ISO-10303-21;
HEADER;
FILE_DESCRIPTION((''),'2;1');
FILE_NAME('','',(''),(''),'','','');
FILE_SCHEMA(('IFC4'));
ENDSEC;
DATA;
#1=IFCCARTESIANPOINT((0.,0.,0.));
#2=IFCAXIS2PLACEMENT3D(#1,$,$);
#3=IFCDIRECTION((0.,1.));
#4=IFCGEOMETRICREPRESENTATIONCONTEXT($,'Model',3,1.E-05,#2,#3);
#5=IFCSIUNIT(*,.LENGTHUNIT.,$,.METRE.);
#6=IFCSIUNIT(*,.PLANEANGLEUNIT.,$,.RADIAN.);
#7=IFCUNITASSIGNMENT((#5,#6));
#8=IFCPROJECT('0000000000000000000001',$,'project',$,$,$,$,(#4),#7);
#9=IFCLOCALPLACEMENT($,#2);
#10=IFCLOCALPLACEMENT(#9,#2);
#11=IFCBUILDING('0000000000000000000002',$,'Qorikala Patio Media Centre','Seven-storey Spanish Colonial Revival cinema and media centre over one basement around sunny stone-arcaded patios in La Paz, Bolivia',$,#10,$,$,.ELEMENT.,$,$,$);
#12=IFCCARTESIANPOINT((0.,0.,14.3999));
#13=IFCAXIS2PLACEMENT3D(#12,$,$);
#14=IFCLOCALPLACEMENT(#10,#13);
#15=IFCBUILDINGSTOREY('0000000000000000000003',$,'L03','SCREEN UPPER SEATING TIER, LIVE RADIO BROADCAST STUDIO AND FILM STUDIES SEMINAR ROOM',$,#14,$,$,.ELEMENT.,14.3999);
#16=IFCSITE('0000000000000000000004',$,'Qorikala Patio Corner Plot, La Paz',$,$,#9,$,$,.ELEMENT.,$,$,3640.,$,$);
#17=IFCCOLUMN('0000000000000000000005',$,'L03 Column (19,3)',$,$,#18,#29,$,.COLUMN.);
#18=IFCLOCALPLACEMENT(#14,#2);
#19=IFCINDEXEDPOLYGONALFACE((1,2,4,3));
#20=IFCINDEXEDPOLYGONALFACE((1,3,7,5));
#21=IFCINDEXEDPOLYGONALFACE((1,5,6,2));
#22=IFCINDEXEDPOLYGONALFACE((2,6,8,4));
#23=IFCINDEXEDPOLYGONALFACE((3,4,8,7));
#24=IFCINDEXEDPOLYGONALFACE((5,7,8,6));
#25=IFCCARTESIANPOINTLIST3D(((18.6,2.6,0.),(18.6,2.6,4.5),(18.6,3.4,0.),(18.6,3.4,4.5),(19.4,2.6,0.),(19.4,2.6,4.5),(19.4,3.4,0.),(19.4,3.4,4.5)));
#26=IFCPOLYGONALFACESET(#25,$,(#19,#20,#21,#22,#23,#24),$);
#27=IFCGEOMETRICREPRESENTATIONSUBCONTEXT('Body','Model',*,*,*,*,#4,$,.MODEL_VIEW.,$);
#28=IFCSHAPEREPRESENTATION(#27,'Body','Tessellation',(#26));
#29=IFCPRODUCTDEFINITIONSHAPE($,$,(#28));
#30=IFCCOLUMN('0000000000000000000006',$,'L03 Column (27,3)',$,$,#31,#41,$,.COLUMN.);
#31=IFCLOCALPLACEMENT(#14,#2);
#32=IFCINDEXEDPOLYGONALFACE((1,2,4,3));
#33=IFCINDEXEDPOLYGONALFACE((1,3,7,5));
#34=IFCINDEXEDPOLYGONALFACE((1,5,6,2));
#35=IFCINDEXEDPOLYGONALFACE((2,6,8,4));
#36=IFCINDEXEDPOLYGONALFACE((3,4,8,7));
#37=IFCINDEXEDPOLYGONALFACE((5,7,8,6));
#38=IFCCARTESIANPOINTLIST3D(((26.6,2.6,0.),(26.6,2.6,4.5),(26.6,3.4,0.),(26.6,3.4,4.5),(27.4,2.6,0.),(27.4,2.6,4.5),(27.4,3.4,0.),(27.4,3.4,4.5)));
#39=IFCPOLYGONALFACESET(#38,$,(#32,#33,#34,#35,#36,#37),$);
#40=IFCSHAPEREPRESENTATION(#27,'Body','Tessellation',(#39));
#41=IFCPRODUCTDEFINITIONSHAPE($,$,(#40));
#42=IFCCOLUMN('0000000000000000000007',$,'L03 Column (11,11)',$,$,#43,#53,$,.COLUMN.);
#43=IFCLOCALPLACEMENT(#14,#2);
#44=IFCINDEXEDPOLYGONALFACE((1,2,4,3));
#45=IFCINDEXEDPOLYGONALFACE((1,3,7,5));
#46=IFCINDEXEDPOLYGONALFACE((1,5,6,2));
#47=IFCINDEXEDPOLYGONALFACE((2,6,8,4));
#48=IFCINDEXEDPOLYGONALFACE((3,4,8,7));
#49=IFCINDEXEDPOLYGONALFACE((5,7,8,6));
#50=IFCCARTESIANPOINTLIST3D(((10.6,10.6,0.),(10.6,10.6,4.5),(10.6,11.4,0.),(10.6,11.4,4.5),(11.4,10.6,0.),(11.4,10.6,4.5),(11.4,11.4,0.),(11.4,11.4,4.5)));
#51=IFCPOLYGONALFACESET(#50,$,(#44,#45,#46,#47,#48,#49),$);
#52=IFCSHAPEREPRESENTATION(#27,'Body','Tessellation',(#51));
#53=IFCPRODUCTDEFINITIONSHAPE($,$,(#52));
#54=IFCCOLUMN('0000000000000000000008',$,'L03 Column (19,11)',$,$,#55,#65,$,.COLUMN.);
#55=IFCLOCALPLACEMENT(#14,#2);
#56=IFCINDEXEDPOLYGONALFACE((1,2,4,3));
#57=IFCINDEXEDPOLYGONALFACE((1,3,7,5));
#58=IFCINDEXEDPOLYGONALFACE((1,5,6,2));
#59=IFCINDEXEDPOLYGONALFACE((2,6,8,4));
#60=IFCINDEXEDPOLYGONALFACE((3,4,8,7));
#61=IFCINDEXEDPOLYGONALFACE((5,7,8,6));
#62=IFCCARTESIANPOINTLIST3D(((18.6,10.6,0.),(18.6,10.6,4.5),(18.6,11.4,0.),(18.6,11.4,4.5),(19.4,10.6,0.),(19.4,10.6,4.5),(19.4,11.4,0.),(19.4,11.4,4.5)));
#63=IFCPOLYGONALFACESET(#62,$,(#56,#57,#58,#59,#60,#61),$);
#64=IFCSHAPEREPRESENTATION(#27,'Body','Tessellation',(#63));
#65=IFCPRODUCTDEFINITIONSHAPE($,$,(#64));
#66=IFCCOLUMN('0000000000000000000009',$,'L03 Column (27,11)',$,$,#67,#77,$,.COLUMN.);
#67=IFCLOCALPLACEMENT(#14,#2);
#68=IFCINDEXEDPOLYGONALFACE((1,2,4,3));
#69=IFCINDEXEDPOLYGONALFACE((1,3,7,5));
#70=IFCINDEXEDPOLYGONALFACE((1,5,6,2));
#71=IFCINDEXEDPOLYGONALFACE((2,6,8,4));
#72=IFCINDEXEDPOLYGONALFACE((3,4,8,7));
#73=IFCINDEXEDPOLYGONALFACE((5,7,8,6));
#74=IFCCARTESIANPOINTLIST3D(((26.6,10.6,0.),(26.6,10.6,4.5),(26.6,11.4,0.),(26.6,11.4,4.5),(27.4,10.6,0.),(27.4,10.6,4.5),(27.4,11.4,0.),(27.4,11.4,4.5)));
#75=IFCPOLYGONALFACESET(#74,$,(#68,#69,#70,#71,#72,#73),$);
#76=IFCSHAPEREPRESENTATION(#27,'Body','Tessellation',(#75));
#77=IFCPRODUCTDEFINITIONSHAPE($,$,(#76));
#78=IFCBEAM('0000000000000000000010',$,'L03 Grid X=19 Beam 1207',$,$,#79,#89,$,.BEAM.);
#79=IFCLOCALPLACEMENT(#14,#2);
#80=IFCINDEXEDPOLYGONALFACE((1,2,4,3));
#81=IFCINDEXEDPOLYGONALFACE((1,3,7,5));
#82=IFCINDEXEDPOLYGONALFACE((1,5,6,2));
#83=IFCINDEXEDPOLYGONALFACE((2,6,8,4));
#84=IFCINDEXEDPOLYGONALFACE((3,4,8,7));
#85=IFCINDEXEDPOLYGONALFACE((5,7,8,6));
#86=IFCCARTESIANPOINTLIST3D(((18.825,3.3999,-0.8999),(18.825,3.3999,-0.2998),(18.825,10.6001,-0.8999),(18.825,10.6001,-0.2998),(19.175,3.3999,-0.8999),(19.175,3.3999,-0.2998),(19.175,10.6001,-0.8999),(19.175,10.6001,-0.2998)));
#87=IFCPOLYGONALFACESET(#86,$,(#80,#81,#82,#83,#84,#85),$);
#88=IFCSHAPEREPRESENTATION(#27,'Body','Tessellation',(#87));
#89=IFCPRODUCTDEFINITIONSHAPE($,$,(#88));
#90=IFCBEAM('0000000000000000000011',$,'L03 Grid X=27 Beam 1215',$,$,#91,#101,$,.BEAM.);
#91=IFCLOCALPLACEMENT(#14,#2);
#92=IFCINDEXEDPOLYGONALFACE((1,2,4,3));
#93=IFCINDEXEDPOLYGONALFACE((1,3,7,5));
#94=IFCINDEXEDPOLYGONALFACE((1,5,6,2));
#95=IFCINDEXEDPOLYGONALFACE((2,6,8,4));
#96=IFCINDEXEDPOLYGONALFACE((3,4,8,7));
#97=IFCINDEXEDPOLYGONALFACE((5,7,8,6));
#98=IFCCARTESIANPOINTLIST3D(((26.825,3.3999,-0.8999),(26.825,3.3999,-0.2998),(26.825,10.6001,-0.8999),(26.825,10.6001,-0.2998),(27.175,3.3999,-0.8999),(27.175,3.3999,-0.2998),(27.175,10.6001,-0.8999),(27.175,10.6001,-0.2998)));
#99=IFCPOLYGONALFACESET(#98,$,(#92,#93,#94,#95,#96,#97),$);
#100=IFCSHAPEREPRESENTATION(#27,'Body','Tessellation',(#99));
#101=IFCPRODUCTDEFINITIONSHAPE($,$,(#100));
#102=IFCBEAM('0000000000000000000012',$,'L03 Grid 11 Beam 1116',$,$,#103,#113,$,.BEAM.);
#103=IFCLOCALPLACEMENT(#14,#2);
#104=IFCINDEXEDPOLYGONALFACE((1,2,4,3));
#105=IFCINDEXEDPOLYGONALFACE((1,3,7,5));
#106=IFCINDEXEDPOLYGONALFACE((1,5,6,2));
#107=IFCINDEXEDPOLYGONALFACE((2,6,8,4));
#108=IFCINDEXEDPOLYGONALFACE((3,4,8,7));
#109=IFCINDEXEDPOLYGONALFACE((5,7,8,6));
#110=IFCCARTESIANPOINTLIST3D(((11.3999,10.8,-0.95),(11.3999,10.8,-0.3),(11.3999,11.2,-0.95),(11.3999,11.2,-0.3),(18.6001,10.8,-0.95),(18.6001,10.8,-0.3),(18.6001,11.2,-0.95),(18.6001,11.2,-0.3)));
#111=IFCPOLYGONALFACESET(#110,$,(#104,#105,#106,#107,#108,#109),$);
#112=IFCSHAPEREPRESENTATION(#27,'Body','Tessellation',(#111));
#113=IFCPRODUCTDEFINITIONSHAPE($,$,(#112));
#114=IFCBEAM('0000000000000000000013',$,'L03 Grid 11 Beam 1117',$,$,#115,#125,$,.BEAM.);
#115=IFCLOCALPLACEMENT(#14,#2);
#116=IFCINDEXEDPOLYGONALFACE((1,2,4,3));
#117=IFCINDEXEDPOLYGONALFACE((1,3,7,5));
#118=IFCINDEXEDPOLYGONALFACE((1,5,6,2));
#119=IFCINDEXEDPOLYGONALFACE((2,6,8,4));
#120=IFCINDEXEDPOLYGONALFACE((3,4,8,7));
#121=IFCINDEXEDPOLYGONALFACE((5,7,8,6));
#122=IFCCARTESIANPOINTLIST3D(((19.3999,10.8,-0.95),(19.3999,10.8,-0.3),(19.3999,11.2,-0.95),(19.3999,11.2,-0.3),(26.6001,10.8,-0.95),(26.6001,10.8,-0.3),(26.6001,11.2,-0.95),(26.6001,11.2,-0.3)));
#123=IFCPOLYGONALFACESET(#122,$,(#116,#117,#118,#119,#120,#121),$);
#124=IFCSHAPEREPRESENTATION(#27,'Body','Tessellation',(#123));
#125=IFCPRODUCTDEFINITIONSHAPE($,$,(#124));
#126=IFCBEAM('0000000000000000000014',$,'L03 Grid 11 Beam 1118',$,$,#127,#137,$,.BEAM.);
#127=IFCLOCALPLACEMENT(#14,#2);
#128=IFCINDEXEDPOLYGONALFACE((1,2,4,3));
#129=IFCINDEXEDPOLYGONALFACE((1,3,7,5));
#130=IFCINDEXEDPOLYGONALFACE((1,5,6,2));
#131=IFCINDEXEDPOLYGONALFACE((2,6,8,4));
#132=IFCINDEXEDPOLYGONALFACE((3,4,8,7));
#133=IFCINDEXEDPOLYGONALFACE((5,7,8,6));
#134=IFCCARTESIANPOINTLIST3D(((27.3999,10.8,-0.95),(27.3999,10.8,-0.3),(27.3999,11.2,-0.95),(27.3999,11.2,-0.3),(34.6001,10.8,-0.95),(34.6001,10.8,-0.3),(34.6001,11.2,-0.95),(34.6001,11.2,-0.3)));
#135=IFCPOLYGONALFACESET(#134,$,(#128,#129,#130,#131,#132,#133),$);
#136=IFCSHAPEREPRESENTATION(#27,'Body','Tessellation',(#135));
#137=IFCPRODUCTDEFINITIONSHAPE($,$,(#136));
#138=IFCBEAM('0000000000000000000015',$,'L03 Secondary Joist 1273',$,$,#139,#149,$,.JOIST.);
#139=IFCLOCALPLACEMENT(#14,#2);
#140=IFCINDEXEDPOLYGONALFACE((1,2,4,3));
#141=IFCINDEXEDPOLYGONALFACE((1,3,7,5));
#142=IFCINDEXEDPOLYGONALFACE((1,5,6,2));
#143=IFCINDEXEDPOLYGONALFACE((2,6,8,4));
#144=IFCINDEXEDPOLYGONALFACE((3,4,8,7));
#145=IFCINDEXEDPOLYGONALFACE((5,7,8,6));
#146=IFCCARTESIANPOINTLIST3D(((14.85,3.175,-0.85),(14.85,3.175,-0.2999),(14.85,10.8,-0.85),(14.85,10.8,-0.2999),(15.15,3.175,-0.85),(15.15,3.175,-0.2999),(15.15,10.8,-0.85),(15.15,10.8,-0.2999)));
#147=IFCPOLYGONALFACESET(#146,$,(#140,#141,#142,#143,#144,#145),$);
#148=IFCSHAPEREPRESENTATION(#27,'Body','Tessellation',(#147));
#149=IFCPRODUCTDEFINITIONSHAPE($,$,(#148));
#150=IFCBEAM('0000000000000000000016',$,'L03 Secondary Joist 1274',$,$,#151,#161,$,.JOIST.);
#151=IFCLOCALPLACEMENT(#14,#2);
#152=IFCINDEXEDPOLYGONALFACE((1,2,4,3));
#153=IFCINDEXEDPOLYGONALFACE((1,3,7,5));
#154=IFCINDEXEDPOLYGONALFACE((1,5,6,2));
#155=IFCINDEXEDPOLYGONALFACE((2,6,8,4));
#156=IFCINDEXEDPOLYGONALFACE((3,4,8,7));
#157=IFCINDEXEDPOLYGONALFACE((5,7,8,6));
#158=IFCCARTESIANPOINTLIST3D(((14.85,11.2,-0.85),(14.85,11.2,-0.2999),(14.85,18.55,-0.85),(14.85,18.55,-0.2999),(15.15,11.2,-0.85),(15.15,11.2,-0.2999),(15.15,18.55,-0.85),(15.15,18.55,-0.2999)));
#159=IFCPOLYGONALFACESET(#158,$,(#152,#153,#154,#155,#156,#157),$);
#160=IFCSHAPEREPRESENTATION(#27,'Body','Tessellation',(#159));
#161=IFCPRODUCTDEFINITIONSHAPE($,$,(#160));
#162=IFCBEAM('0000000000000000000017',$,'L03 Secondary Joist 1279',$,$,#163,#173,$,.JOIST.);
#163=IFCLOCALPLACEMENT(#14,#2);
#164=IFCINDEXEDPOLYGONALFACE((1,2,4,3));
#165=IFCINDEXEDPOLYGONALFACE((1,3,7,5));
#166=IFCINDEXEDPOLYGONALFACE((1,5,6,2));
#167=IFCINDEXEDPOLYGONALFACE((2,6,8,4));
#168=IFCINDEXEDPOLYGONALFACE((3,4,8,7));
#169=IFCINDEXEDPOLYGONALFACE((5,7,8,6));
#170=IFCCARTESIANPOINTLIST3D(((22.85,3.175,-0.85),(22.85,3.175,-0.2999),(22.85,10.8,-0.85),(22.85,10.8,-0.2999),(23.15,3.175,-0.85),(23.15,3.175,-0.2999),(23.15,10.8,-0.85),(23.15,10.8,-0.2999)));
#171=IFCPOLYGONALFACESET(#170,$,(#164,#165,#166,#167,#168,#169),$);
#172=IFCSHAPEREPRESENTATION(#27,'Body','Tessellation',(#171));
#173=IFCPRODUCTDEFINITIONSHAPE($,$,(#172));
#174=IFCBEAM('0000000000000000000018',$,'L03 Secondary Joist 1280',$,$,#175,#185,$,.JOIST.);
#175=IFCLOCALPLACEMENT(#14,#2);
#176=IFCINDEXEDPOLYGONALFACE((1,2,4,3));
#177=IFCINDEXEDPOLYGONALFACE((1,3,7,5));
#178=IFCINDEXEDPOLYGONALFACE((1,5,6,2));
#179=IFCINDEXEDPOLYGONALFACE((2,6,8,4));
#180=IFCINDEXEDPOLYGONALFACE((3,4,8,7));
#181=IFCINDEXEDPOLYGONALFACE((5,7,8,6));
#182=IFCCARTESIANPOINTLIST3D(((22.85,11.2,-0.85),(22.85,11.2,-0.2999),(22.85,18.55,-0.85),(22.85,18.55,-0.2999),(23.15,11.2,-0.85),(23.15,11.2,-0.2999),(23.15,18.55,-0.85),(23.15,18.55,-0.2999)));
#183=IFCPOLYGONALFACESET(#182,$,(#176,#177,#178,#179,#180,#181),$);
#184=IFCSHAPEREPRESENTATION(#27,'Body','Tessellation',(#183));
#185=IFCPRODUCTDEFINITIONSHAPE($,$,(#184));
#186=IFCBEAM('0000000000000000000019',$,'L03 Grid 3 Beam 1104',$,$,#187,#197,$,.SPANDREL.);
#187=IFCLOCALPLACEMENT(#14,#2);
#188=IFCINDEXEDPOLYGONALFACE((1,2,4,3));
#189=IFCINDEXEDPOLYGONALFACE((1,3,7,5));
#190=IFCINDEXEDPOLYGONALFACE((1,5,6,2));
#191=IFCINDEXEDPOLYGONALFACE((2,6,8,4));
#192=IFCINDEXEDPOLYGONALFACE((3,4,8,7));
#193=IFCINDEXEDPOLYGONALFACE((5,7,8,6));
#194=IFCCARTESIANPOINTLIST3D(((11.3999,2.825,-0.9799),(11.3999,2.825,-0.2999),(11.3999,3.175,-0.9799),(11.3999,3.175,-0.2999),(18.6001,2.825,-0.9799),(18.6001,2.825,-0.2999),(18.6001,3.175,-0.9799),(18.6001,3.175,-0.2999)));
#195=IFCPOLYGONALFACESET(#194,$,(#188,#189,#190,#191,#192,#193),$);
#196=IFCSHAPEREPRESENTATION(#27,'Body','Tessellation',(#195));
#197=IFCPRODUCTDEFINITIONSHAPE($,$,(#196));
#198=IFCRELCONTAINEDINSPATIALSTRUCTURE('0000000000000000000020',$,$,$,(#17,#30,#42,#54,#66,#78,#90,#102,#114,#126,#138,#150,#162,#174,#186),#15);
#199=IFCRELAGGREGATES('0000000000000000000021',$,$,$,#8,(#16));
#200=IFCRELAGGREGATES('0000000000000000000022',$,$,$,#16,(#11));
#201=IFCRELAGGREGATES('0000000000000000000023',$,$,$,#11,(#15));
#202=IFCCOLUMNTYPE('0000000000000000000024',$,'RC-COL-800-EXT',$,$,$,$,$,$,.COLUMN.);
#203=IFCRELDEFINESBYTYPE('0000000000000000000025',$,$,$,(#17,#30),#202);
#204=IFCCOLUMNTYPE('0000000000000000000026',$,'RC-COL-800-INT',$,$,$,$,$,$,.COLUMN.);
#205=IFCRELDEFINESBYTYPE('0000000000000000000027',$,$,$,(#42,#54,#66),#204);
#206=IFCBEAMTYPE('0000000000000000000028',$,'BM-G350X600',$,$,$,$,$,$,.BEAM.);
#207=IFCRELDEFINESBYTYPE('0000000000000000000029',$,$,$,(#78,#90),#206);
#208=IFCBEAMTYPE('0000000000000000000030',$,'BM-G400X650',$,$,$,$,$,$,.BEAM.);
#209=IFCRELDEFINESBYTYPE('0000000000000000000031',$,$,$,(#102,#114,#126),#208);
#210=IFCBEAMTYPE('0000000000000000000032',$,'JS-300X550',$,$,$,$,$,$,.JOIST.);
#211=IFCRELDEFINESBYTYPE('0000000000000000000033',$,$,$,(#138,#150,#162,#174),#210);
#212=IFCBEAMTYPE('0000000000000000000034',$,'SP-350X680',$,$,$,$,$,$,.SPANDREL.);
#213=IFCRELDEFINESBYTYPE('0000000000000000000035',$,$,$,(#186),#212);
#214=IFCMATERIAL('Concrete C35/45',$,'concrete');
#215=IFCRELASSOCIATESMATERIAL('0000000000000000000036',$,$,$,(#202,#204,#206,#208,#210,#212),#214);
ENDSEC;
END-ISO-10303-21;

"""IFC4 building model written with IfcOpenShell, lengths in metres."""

from ifc_helpers import new_model, si_unit, direction, frame, origin, origin_2d, place, context, subcontext, project, spatial, rectangle, extrude, material, material_profile, profile_set, type_object, element, save


model = new_model("IFC4")

# Units and contexts
model_context = context("Model", 3, precision=1e-05, world=origin(), true_north=direction((0.0, 1.0)))
body_context = subcontext(model_context, "Body", "Model", "MODEL_VIEW")
ifc_project = project(units=[si_unit("LENGTHUNIT", "METRE"), si_unit("PLANEANGLEUNIT", "RADIAN")], contexts=[model_context])

# Site, building, storey
site_placement = place(None, origin())
site = spatial("IfcSite", under=ifc_project, at=site_placement, Name="Qorikala Patio Corner Plot, La Paz", CompositionType="ELEMENT", RefElevation=3640.0)
building_placement = place(site_placement, origin())
building = spatial("IfcBuilding", under=site, at=building_placement, Name="Qorikala Patio Media Centre", Description="Seven-storey Spanish Colonial Revival cinema and media centre over one basement around sunny stone-arcaded patios in La Paz, Bolivia", CompositionType="ELEMENT")
storey_placement = place(building_placement, frame((0.0, 0.0, 14.3999)))
storey = spatial("IfcBuildingStorey", under=building, at=storey_placement, Name="L03", Description="SCREEN UPPER SEATING TIER, LIVE RADIO BROADCAST STUDIO AND FILM STUDIES SEMINAR ROOM", CompositionType="ELEMENT", Elevation=14.3999)

# Columns
ifc_material_1 = material(Name="Concrete C35/45", Category="concrete")
ifc_material_profile_1 = material_profile(ifc_material_1, rectangle(XDim=0.8, YDim=0.8, at=origin_2d()), Name="RC 800x800")
ifc_profile_set_1 = profile_set([ifc_material_profile_1], Name="Concrete C35/45")
column_type_1 = type_object("IfcColumnType", Name="RC-COL-800-EXT", PredefinedType="COLUMN", material=ifc_profile_set_1)
for number, where, z_axis, x_axis, name in (
    (1, (19.0, 3.0, 0.0), (0.0, 0.0, 1.0), (1.0, 0.0, 0.0), "L03 Column (19,3)"),
    (2, (27.0, 3.0, 0.0), (0.0, 0.0, 1.0), (1.0, 0.0, 0.0), "L03 Column (27,3)"),
):
    element("IfcColumn", number, at=place(storey_placement, frame(where, z_axis=z_axis, x_axis=x_axis)), inside=storey, type_object=column_type_1, Name=name, PredefinedType="COLUMN", context=body_context, shape_type="SweptSolid", body=[
        extrude(rectangle(XDim=0.8, YDim=0.8, at=origin_2d()), origin(), (0.0, 0.0, 1.0), 4.5),
    ])
ifc_material_profile_2 = material_profile(ifc_material_1, rectangle(XDim=0.8, YDim=0.8, at=origin_2d()), Name="RC 800x800")
ifc_profile_set_2 = profile_set([ifc_material_profile_2], Name="Concrete C35/45")
column_type_2 = type_object("IfcColumnType", Name="RC-COL-800-INT", PredefinedType="COLUMN", material=ifc_profile_set_2)
for number, where, z_axis, x_axis, name in (
    (3, (11.0, 11.0, 0.0), (0.0, 0.0, 1.0), (1.0, 0.0, 0.0), "L03 Column (11,11)"),
    (4, (19.0, 11.0, 0.0), (0.0, 0.0, 1.0), (1.0, 0.0, 0.0), "L03 Column (19,11)"),
    (5, (27.0, 11.0, 0.0), (0.0, 0.0, 1.0), (1.0, 0.0, 0.0), "L03 Column (27,11)"),
):
    element("IfcColumn", number, at=place(storey_placement, frame(where, z_axis=z_axis, x_axis=x_axis)), inside=storey, type_object=column_type_2, Name=name, PredefinedType="COLUMN", context=body_context, shape_type="SweptSolid", body=[
        extrude(rectangle(XDim=0.8, YDim=0.8, at=origin_2d()), origin(), (0.0, 0.0, 1.0), 4.5),
    ])

# Beams
ifc_material_profile_3 = material_profile(ifc_material_1, rectangle(XDim=0.3501, YDim=0.6001, at=origin_2d()), Name="RC 350x600")
ifc_profile_set_3 = profile_set([ifc_material_profile_3], Name="Concrete C35/45")
beam_type_1 = type_object("IfcBeamType", Name="BM-G350X600", PredefinedType="BEAM", material=ifc_profile_set_3)
for number, where, z_axis, x_axis, name in (
    (6, (19.0, 3.3999, -0.5999), (0.0, 1.0, 0.0), (-1.0, 0.0, 0.0), "L03 Grid X=19 Beam 1207"),
    (7, (27.0, 3.3999, -0.5999), (0.0, 1.0, 0.0), (-1.0, 0.0, 0.0), "L03 Grid X=27 Beam 1215"),
):
    element("IfcBeam", number, at=place(storey_placement, frame(where, z_axis=z_axis, x_axis=x_axis)), inside=storey, type_object=beam_type_1, Name=name, PredefinedType="BEAM", context=body_context, shape_type="SweptSolid", body=[
        extrude(rectangle(XDim=0.3501, YDim=0.6001, at=origin_2d()), origin(), (0.0, 0.0, 1.0), 7.2002),
    ])
ifc_material_profile_4 = material_profile(ifc_material_1, rectangle(XDim=0.3999, YDim=0.6499, at=origin_2d()), Name="RC 400x650")
ifc_profile_set_4 = profile_set([ifc_material_profile_4], Name="Concrete C35/45")
beam_type_2 = type_object("IfcBeamType", Name="BM-G400X650", PredefinedType="BEAM", material=ifc_profile_set_4)
for number, where, z_axis, x_axis, name in (
    (8, (11.3999, 11.0, -0.625), (1.0, 0.0, 0.0), (0.0, 1.0, 0.0), "L03 Grid 11 Beam 1116"),
    (9, (19.3999, 11.0, -0.625), (1.0, 0.0, 0.0), (0.0, 1.0, 0.0), "L03 Grid 11 Beam 1117"),
    (10, (27.3999, 11.0, -0.625), (1.0, 0.0, 0.0), (0.0, 1.0, 0.0), "L03 Grid 11 Beam 1118"),
):
    element("IfcBeam", number, at=place(storey_placement, frame(where, z_axis=z_axis, x_axis=x_axis)), inside=storey, type_object=beam_type_2, Name=name, PredefinedType="BEAM", context=body_context, shape_type="SweptSolid", body=[
        extrude(rectangle(XDim=0.3999, YDim=0.6499, at=origin_2d()), origin(), (0.0, 0.0, 1.0), 7.2002),
    ])
ifc_material_profile_5 = material_profile(ifc_material_1, rectangle(XDim=0.3, YDim=0.55, at=origin_2d()), Name="RC 300x550")
ifc_profile_set_5 = profile_set([ifc_material_profile_5], Name="Concrete C35/45")
beam_type_3 = type_object("IfcBeamType", Name="JS-300X550", PredefinedType="JOIST", material=ifc_profile_set_5)
beam_1_placement = place(storey_placement, frame((15.0, 3.175, -0.575), z_axis=(0.0, 1.0, 0.0), x_axis=(-1.0, 0.0, 0.0)))
element("IfcBeam", 11, at=beam_1_placement, inside=storey, type_object=beam_type_3, Name="L03 Secondary Joist 1273", PredefinedType="JOIST", context=body_context, shape_type="SweptSolid", body=[
    extrude(rectangle(XDim=0.3, YDim=0.55, at=origin_2d()), origin(), (0.0, 0.0, 1.0), 7.625),
])
beam_2_placement = place(storey_placement, frame((15.0, 11.2, -0.575), z_axis=(0.0, 1.0, 0.0), x_axis=(-1.0, 0.0, 0.0)))
element("IfcBeam", 12, at=beam_2_placement, inside=storey, type_object=beam_type_3, Name="L03 Secondary Joist 1274", PredefinedType="JOIST", context=body_context, shape_type="SweptSolid", body=[
    extrude(rectangle(XDim=0.3, YDim=0.55, at=origin_2d()), origin(), (0.0, 0.0, 1.0), 7.3501),
])
beam_3_placement = place(storey_placement, frame((23.0, 3.175, -0.575), z_axis=(0.0, 1.0, 0.0), x_axis=(-1.0, 0.0, 0.0)))
element("IfcBeam", 13, at=beam_3_placement, inside=storey, type_object=beam_type_3, Name="L03 Secondary Joist 1279", PredefinedType="JOIST", context=body_context, shape_type="SweptSolid", body=[
    extrude(rectangle(XDim=0.3, YDim=0.55, at=origin_2d()), origin(), (0.0, 0.0, 1.0), 7.625),
])
beam_4_placement = place(storey_placement, frame((23.0, 11.2, -0.575), z_axis=(0.0, 1.0, 0.0), x_axis=(-1.0, 0.0, 0.0)))
element("IfcBeam", 14, at=beam_4_placement, inside=storey, type_object=beam_type_3, Name="L03 Secondary Joist 1280", PredefinedType="JOIST", context=body_context, shape_type="SweptSolid", body=[
    extrude(rectangle(XDim=0.3, YDim=0.55, at=origin_2d()), origin(), (0.0, 0.0, 1.0), 7.3501),
])
ifc_material_profile_6 = material_profile(ifc_material_1, rectangle(XDim=0.3501, YDim=0.6799, at=origin_2d()), Name="RC 350x680")
ifc_profile_set_6 = profile_set([ifc_material_profile_6], Name="Concrete C35/45")
beam_type_4 = type_object("IfcBeamType", Name="SP-350X680", PredefinedType="SPANDREL", material=ifc_profile_set_6)
for number, where, z_axis, x_axis, name in (
    (15, (11.3999, 3.0, -0.6399), (1.0, 0.0, 0.0), (0.0, 1.0, 0.0), "L03 Grid 3 Beam 1104"),
):
    element("IfcBeam", number, at=place(storey_placement, frame(where, z_axis=z_axis, x_axis=x_axis)), inside=storey, type_object=beam_type_4, Name=name, PredefinedType="SPANDREL", context=body_context, shape_type="SweptSolid", body=[
        extrude(rectangle(XDim=0.3501, YDim=0.6799, at=origin_2d()), origin(), (0.0, 0.0, 1.0), 7.2002),
    ])

save(model, "model.ifc")
